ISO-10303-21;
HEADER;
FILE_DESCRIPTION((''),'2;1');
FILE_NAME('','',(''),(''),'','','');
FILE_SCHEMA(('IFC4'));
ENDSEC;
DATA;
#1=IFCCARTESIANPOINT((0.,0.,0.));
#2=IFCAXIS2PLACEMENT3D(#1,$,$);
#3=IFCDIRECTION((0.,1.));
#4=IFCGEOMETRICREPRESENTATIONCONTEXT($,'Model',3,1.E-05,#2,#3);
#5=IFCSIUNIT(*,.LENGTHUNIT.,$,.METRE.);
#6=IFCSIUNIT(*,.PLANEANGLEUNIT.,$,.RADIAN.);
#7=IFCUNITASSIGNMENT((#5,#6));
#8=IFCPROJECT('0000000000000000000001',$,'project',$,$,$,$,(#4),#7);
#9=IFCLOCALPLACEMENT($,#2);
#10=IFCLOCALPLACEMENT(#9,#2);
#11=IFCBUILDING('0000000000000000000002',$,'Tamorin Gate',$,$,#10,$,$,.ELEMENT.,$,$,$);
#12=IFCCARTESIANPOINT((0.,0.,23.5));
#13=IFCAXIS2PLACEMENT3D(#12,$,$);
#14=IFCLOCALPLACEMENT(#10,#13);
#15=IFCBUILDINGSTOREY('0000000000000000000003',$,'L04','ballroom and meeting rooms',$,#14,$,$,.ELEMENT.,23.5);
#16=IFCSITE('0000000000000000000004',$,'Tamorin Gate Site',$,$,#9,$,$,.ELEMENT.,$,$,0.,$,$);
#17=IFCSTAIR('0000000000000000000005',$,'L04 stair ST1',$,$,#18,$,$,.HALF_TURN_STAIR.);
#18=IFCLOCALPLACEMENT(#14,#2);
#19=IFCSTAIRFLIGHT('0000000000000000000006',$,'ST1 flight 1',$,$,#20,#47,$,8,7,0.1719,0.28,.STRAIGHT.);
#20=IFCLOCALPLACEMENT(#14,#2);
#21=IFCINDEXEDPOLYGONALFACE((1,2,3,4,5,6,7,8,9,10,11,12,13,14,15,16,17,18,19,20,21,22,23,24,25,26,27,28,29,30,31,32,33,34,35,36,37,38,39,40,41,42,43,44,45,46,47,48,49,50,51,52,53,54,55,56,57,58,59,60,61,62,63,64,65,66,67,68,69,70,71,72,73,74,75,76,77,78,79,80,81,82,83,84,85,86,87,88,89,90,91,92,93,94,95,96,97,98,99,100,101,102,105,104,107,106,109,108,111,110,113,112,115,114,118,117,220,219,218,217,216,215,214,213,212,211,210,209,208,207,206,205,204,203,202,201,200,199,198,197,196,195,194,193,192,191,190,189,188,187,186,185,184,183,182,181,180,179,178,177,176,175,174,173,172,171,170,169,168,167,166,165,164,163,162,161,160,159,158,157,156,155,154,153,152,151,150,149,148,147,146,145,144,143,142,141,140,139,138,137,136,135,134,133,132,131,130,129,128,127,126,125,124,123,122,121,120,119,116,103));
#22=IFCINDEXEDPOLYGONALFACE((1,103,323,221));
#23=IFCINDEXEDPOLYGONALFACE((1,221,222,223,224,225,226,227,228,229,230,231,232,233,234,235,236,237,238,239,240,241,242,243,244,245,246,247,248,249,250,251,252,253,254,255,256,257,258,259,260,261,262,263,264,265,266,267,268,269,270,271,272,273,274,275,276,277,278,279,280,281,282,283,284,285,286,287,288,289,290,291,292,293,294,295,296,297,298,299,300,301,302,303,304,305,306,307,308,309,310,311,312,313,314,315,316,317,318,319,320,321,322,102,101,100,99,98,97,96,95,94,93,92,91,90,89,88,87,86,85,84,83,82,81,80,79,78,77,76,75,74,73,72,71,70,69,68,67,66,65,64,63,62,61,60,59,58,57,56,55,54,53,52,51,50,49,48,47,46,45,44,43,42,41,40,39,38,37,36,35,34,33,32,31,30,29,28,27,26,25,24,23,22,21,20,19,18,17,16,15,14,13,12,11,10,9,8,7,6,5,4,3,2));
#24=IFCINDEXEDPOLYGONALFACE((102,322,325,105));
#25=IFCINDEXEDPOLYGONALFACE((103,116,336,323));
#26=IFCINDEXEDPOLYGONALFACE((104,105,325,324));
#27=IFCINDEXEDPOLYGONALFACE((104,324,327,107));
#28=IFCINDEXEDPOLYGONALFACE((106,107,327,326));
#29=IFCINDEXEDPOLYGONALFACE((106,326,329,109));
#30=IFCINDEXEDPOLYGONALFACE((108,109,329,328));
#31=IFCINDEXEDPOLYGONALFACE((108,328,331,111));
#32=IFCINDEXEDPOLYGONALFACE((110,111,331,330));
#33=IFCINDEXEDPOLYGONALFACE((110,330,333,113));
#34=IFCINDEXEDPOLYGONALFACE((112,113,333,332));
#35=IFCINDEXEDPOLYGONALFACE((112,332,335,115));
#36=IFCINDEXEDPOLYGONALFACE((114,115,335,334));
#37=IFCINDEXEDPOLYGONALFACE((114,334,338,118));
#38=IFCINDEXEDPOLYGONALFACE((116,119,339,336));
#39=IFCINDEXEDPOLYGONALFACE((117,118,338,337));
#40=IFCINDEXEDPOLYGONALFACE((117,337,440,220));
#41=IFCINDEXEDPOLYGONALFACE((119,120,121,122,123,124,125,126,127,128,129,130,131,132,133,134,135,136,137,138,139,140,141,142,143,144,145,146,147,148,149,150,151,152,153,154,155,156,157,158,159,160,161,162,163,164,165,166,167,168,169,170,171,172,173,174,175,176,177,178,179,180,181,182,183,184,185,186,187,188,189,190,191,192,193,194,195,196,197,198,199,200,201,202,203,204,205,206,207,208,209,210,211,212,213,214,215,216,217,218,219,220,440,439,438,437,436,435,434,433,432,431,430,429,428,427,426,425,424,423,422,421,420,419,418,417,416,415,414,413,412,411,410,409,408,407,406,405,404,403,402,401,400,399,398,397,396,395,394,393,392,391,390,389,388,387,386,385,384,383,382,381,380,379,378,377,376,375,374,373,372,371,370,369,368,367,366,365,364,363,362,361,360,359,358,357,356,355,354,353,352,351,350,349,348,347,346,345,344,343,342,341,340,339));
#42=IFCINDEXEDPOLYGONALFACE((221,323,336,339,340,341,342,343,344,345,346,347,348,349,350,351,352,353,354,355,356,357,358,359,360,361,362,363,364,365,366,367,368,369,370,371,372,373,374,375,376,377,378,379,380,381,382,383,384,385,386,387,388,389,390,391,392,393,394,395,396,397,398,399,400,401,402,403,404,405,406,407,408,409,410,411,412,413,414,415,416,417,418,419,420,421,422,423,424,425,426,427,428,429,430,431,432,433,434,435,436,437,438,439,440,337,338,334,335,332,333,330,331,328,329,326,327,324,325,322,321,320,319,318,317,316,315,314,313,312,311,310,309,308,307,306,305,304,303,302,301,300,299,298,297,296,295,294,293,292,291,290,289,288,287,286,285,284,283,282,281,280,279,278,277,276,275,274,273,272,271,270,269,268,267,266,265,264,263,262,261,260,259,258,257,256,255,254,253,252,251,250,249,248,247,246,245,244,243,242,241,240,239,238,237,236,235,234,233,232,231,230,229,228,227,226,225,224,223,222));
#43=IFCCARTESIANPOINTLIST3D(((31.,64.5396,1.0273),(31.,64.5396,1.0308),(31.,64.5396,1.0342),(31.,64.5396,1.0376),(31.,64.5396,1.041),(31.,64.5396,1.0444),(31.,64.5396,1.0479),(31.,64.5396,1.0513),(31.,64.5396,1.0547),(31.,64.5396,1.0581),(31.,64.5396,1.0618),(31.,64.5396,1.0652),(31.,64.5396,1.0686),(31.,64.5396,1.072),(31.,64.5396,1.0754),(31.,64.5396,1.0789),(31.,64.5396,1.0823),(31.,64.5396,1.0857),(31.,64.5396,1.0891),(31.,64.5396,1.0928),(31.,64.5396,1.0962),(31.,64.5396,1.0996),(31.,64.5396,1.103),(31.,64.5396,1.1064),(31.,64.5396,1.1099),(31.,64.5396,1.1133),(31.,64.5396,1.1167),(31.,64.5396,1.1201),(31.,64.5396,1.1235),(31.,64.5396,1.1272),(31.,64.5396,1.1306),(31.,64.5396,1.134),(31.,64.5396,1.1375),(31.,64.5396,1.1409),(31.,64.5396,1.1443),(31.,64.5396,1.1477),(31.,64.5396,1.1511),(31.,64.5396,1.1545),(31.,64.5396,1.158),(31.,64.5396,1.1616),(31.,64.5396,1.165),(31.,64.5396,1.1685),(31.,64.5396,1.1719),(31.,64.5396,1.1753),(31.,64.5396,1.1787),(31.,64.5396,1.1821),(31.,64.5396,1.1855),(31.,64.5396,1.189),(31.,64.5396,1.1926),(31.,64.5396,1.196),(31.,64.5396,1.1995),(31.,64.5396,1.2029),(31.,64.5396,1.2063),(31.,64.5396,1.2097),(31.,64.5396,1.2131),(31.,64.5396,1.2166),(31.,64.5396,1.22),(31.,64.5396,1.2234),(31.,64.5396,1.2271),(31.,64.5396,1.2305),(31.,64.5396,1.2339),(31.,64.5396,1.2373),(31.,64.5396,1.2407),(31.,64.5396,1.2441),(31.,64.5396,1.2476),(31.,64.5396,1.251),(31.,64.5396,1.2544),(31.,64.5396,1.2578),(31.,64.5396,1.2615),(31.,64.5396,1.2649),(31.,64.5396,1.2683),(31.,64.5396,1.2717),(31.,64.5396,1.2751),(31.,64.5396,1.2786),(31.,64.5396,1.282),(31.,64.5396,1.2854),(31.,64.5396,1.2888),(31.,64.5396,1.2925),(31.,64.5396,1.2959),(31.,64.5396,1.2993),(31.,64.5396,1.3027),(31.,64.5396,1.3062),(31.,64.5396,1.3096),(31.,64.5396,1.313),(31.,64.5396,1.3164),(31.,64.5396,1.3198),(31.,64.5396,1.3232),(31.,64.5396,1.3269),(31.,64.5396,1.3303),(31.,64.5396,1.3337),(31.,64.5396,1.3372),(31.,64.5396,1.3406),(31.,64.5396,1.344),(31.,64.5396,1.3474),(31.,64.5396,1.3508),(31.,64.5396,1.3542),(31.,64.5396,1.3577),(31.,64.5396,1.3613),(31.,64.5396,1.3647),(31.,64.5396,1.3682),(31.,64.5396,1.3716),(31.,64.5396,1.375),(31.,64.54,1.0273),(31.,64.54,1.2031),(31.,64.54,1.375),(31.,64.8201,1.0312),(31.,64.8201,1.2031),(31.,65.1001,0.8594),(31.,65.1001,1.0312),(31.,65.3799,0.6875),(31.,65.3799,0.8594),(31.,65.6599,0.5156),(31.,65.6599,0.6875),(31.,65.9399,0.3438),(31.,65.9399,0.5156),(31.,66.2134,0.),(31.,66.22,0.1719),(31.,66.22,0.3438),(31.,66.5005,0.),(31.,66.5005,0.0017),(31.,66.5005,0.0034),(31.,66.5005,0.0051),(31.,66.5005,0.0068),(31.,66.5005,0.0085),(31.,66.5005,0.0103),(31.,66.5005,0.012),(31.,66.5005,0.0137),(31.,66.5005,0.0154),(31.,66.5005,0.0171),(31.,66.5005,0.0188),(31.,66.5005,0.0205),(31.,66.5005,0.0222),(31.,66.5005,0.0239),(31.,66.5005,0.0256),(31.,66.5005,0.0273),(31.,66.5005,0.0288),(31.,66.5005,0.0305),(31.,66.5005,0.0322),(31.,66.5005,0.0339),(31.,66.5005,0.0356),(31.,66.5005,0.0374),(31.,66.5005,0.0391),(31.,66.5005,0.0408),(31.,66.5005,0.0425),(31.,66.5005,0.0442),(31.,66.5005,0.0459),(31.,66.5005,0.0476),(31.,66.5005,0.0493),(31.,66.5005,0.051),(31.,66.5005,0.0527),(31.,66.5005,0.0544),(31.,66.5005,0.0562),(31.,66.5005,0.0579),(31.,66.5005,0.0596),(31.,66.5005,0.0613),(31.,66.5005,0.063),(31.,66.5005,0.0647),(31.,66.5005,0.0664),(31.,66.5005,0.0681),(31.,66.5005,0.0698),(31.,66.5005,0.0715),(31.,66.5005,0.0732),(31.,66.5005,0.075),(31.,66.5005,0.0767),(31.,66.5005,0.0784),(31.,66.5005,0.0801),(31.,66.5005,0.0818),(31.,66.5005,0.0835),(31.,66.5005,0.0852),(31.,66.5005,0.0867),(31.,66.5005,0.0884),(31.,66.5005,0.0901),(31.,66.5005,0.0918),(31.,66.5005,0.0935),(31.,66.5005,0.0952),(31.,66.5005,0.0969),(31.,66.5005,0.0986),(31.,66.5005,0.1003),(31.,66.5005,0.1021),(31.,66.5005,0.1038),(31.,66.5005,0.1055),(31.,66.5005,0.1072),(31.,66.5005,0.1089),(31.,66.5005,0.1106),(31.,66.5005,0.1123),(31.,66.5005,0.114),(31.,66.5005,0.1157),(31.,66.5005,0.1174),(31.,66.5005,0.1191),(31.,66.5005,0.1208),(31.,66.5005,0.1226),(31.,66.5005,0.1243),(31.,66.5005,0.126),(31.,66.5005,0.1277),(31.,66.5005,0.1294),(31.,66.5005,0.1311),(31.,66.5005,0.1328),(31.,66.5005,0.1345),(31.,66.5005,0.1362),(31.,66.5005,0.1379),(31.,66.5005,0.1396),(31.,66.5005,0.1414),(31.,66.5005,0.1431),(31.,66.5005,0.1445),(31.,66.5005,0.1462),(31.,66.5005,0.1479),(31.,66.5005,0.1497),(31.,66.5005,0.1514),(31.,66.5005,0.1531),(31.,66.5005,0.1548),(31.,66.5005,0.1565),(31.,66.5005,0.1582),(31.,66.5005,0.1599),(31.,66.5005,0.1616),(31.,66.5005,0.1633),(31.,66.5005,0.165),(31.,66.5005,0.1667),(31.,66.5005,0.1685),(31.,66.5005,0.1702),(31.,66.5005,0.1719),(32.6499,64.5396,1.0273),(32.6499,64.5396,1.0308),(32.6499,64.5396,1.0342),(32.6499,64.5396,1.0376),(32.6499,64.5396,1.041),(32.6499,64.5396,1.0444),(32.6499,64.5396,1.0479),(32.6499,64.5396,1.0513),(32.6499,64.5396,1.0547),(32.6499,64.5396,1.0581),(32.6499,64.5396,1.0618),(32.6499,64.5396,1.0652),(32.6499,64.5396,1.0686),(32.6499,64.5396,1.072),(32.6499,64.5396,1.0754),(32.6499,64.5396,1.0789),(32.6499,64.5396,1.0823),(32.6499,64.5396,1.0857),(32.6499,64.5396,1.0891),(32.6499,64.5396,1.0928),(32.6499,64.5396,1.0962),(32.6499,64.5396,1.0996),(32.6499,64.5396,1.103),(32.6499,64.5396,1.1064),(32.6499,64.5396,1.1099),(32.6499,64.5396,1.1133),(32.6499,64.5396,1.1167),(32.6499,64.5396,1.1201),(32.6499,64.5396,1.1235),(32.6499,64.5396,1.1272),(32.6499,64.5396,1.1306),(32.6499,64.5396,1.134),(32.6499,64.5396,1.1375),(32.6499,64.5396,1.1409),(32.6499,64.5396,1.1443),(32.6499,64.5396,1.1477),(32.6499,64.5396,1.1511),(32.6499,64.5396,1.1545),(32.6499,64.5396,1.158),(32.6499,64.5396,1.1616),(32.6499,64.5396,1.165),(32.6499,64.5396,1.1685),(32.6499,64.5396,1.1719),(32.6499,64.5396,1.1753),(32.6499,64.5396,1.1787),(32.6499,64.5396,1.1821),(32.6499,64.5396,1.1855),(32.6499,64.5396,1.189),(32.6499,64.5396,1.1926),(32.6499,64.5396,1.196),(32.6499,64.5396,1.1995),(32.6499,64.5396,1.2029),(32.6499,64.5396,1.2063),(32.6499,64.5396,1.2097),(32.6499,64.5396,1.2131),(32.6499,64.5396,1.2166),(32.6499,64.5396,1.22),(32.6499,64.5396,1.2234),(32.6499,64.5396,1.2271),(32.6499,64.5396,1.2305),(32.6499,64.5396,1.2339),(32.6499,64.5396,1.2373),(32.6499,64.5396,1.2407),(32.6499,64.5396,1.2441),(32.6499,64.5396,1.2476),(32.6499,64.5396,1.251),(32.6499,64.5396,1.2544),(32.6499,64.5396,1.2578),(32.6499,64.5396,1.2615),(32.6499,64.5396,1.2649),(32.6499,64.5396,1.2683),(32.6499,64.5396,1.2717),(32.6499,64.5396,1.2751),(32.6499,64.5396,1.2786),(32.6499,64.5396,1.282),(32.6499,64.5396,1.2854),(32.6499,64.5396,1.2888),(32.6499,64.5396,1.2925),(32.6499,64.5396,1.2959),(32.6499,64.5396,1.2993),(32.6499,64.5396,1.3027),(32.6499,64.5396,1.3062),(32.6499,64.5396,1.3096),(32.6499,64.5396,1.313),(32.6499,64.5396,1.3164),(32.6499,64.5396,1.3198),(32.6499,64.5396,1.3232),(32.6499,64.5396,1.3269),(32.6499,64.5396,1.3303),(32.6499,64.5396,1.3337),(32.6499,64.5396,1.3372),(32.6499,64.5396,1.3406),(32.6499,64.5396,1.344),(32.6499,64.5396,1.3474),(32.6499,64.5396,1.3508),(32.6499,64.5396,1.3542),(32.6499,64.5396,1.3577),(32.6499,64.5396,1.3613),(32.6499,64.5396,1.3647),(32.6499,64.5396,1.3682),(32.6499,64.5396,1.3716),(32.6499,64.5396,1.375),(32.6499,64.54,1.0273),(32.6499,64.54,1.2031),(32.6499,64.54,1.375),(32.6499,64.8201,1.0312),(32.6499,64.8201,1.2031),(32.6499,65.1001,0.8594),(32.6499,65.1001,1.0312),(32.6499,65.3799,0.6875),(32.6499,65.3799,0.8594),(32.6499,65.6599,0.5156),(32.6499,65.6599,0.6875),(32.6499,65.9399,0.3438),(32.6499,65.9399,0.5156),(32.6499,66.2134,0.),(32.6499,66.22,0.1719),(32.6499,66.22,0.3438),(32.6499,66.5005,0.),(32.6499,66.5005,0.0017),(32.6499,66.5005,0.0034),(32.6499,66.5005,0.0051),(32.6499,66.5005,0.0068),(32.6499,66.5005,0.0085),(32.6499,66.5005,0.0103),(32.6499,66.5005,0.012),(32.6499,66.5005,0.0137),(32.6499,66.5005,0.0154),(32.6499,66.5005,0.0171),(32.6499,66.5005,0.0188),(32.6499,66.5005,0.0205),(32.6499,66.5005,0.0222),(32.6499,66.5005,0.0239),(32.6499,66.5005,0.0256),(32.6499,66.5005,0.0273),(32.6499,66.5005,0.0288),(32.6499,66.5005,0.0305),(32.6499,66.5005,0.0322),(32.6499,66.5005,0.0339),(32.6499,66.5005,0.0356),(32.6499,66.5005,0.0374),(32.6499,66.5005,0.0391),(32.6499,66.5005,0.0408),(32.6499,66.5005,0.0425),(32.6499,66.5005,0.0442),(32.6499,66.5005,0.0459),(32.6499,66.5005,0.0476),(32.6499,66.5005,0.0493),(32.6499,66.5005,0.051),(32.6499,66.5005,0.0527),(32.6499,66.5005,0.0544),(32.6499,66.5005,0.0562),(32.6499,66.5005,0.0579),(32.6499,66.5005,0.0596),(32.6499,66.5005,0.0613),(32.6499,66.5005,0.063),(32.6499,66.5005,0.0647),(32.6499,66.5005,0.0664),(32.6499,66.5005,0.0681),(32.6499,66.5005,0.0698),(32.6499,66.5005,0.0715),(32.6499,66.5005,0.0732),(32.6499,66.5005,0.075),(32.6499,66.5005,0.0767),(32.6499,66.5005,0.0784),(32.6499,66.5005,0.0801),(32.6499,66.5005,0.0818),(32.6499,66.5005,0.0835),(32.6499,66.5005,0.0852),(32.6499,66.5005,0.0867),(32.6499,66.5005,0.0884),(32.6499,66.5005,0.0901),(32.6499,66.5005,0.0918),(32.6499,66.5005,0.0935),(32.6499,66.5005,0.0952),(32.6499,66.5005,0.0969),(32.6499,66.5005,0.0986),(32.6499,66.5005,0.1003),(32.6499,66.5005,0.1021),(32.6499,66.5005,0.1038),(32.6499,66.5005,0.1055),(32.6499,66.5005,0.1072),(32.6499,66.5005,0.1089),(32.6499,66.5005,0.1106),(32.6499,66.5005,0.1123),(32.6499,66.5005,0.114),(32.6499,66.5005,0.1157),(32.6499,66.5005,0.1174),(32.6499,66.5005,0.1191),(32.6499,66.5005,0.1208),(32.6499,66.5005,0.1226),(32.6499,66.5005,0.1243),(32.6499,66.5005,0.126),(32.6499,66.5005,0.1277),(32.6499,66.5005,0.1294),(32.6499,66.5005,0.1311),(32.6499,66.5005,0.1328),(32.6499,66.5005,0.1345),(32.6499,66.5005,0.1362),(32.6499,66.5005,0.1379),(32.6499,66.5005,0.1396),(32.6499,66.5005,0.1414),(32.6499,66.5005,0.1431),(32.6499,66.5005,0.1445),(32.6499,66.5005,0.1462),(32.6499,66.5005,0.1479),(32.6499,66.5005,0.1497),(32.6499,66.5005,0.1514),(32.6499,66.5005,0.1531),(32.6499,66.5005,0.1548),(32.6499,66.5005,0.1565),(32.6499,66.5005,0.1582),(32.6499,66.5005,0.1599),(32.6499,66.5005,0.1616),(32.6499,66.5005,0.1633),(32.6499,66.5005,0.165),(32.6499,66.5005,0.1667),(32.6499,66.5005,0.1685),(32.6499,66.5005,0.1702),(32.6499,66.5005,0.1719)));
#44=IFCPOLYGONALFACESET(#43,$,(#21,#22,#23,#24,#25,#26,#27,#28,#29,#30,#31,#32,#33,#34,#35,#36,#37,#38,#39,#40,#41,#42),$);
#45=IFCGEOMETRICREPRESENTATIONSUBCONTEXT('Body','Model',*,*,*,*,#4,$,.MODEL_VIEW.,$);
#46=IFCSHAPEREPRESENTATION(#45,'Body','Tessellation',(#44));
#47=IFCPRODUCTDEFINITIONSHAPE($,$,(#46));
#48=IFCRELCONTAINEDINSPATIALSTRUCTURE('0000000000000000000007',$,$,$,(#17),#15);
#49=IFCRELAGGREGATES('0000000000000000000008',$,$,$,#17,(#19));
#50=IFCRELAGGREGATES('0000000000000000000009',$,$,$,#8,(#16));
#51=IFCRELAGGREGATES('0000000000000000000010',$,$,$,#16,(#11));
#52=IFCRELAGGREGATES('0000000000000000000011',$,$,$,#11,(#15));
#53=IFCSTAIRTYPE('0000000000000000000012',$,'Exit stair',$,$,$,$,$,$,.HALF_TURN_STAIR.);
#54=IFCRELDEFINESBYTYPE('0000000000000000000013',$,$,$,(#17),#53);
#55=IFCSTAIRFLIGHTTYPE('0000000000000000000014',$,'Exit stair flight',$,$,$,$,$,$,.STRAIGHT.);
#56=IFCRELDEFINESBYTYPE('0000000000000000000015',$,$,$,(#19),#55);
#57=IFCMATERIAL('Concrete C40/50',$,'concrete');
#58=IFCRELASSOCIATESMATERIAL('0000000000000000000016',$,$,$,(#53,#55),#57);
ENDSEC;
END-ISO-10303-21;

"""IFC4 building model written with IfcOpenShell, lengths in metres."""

from ifc_helpers import new_model, si_unit, direction, frame, origin, place, context, subcontext, project, spatial, polyline, outline, extrude, material, type_object, element, aggregate, save


model = new_model("IFC4")

# Units and contexts
model_context = context("Model", 3, precision=1e-05, world=origin(), true_north=direction((0.0, 1.0)))
body_context = subcontext(model_context, "Body", "Model", "MODEL_VIEW")
ifc_project = project(units=[si_unit("LENGTHUNIT", "METRE"), si_unit("PLANEANGLEUNIT", "RADIAN")], contexts=[model_context])

# Site, building, storey
site_placement = place(None, origin())
site = spatial("IfcSite", under=ifc_project, at=site_placement, Name="Tamorin Gate Site", CompositionType="ELEMENT", RefElevation=0.0)
building_placement = place(site_placement, origin())
building = spatial("IfcBuilding", under=site, at=building_placement, Name="Tamorin Gate", CompositionType="ELEMENT")
storey_placement = place(building_placement, frame((0.0, 0.0, 23.5)))
storey = spatial("IfcBuildingStorey", under=building, at=storey_placement, Name="L04", Description="ballroom and meeting rooms", CompositionType="ELEMENT", Elevation=23.5)

# Shared definitions
ifc_material_1 = material(Name="Concrete C40/50", Category="concrete")

# Stair, stair flight
stair_type = type_object("IfcStairType", Name="Exit stair", PredefinedType="HALF_TURN_STAIR", material=ifc_material_1)
stair_1_placement = place(storey_placement, origin())
stair_1 = element("IfcStair", 1, at=stair_1_placement, inside=storey, type_object=stair_type, Name="L04 stair ST1", PredefinedType="HALF_TURN_STAIR")
stair_flight_type = type_object("IfcStairFlightType", Name="Exit stair flight", PredefinedType="STRAIGHT", material=ifc_material_1)
stair_flight_1_placement = place(storey_placement, frame((31.825, 66.5, 0.0), z_axis=(0.0, 0.0, 1.0), x_axis=(0.0, -1.0, 0.0)))
stair_flight_1 = element("IfcStairFlight", 2, at=stair_flight_1_placement, type_object=stair_flight_type, Name="ST1 flight 1", NumberOfRisers=8, NumberOfTreads=7, PredefinedType="STRAIGHT", RiserHeight=0.1719, TreadLength=0.28, context=body_context, shape_type="SweptSolid", body=[
    extrude(outline(polyline([(-0.0005, 0.0), (-0.0005, 0.0017), (-0.0005, 0.0034), (-0.0005, 0.0051), (-0.0005, 0.0068), (-0.0005, 0.0085), (-0.0005, 0.0103), (-0.0005, 0.012), (-0.0005, 0.0137), (-0.0005, 0.0154), (-0.0005, 0.0171), (-0.0005, 0.0188), (-0.0005, 0.0205), (-0.0005, 0.0222), (-0.0005, 0.0239), (-0.0005, 0.0256), (-0.0005, 0.0273), (-0.0005, 0.0288), (-0.0005, 0.0305), (-0.0005, 0.0322), (-0.0005, 0.0339), (-0.0005, 0.0356), (-0.0005, 0.0374), (-0.0005, 0.0391), (-0.0005, 0.0408), (-0.0005, 0.0425), (-0.0005, 0.0442), (-0.0005, 0.0459), (-0.0005, 0.0476), (-0.0005, 0.0493), (-0.0005, 0.051), (-0.0005, 0.0527), (-0.0005, 0.0544), (-0.0005, 0.0562), (-0.0005, 0.0579), (-0.0005, 0.0596), (-0.0005, 0.0613), (-0.0005, 0.063), (-0.0005, 0.0647), (-0.0005, 0.0664), (-0.0005, 0.0681), (-0.0005, 0.0698), (-0.0005, 0.0715), (-0.0005, 0.0732), (-0.0005, 0.075), (-0.0005, 0.0767), (-0.0005, 0.0784), (-0.0005, 0.0801), (-0.0005, 0.0818), (-0.0005, 0.0835), (-0.0005, 0.0852), (-0.0005, 0.0867), (-0.0005, 0.0884), (-0.0005, 0.0901), (-0.0005, 0.0918), (-0.0005, 0.0935), (-0.0005, 0.0952), (-0.0005, 0.0969), (-0.0005, 0.0986), (-0.0005, 0.1003), (-0.0005, 0.1021), (-0.0005, 0.1038), (-0.0005, 0.1055), (-0.0005, 0.1072), (-0.0005, 0.1089), (-0.0005, 0.1106), (-0.0005, 0.1123), (-0.0005, 0.114), (-0.0005, 0.1157), (-0.0005, 0.1174), (-0.0005, 0.1191), (-0.0005, 0.1208), (-0.0005, 0.1226), (-0.0005, 0.1243), (-0.0005, 0.126), (-0.0005, 0.1277), (-0.0005, 0.1294), (-0.0005, 0.1311), (-0.0005, 0.1328), (-0.0005, 0.1345), (-0.0005, 0.1362), (-0.0005, 0.1379), (-0.0005, 0.1396), (-0.0005, 0.1414), (-0.0005, 0.1431), (-0.0005, 0.1445), (-0.0005, 0.1462), (-0.0005, 0.1479), (-0.0005, 0.1497), (-0.0005, 0.1514), (-0.0005, 0.1531), (-0.0005, 0.1548), (-0.0005, 0.1565), (-0.0005, 0.1582), (-0.0005, 0.1599), (-0.0005, 0.1616), (-0.0005, 0.1633), (-0.0005, 0.165), (-0.0005, 0.1667), (-0.0005, 0.1685), (-0.0005, 0.1702), (-0.0005, 0.1719), (0.28, 0.1719), (0.28, 0.3438), (0.5601, 0.3438), (0.5601, 0.5156), (0.8401, 0.5156), (0.8401, 0.6875), (1.1201, 0.6875), (1.1201, 0.8594), (1.3999, 0.8594), (1.3999, 1.0312), (1.6799, 1.0312), (1.6799, 1.2031), (1.96, 1.2031), (1.96, 1.375), (1.9604, 1.375), (1.9604, 1.3716), (1.9604, 1.3682), (1.9604, 1.3647), (1.9604, 1.3613), (1.9604, 1.3577), (1.9604, 1.3542), (1.9604, 1.3508), (1.9604, 1.3474), (1.9604, 1.344), (1.9604, 1.3406), (1.9604, 1.3372), (1.9604, 1.3337), (1.9604, 1.3303), (1.9604, 1.3269), (1.9604, 1.3232), (1.9604, 1.3198), (1.9604, 1.3164), (1.9604, 1.313), (1.9604, 1.3096), (1.9604, 1.3062), (1.9604, 1.3027), (1.9604, 1.2993), (1.9604, 1.2959), (1.9604, 1.2925), (1.9604, 1.2888), (1.9604, 1.2854), (1.9604, 1.282), (1.9604, 1.2786), (1.9604, 1.2751), (1.9604, 1.2717), (1.9604, 1.2683), (1.9604, 1.2649), (1.9604, 1.2615), (1.9604, 1.2578), (1.9604, 1.2544), (1.9604, 1.251), (1.9604, 1.2476), (1.9604, 1.2441), (1.9604, 1.2407), (1.9604, 1.2373), (1.9604, 1.2339), (1.9604, 1.2305), (1.9604, 1.2271), (1.9604, 1.2234), (1.9604, 1.22), (1.9604, 1.2166), (1.9604, 1.2131), (1.9604, 1.2097), (1.9604, 1.2063), (1.9604, 1.2029), (1.9604, 1.1995), (1.9604, 1.196), (1.9604, 1.1926), (1.9604, 1.189), (1.9604, 1.1855), (1.9604, 1.1821), (1.9604, 1.1787), (1.9604, 1.1753), (1.9604, 1.1719), (1.9604, 1.1685), (1.9604, 1.165), (1.9604, 1.1616), (1.9604, 1.158), (1.9604, 1.1545), (1.9604, 1.1511), (1.9604, 1.1477), (1.9604, 1.1443), (1.9604, 1.1409), (1.9604, 1.1375), (1.9604, 1.134), (1.9604, 1.1306), (1.9604, 1.1272), (1.9604, 1.1235), (1.9604, 1.1201), (1.9604, 1.1167), (1.9604, 1.1133), (1.9604, 1.1099), (1.9604, 1.1064), (1.9604, 1.103), (1.9604, 1.0996), (1.9604, 1.0962), (1.9604, 1.0928), (1.9604, 1.0891), (1.9604, 1.0857), (1.9604, 1.0823), (1.9604, 1.0789), (1.9604, 1.0754), (1.9604, 1.072), (1.9604, 1.0686), (1.9604, 1.0652), (1.9604, 1.0618), (1.9604, 1.0581), (1.9604, 1.0547), (1.9604, 1.0513), (1.9604, 1.0479), (1.9604, 1.0444), (1.9604, 1.041), (1.9604, 1.0376), (1.9604, 1.0342), (1.9604, 1.0308), (1.9604, 1.0273), (1.96, 1.0273), (0.2866, 0.0), (-0.0005, 0.0)])), frame((0.0, 0.825, 0.0), z_axis=(0.0, -1.0, 0.0), x_axis=(1.0, 0.0, 0.0)), (0.0, 0.0, 1.0), 1.6499),
])
aggregate(stair_1, [stair_flight_1])

save(model, "model.ifc")
